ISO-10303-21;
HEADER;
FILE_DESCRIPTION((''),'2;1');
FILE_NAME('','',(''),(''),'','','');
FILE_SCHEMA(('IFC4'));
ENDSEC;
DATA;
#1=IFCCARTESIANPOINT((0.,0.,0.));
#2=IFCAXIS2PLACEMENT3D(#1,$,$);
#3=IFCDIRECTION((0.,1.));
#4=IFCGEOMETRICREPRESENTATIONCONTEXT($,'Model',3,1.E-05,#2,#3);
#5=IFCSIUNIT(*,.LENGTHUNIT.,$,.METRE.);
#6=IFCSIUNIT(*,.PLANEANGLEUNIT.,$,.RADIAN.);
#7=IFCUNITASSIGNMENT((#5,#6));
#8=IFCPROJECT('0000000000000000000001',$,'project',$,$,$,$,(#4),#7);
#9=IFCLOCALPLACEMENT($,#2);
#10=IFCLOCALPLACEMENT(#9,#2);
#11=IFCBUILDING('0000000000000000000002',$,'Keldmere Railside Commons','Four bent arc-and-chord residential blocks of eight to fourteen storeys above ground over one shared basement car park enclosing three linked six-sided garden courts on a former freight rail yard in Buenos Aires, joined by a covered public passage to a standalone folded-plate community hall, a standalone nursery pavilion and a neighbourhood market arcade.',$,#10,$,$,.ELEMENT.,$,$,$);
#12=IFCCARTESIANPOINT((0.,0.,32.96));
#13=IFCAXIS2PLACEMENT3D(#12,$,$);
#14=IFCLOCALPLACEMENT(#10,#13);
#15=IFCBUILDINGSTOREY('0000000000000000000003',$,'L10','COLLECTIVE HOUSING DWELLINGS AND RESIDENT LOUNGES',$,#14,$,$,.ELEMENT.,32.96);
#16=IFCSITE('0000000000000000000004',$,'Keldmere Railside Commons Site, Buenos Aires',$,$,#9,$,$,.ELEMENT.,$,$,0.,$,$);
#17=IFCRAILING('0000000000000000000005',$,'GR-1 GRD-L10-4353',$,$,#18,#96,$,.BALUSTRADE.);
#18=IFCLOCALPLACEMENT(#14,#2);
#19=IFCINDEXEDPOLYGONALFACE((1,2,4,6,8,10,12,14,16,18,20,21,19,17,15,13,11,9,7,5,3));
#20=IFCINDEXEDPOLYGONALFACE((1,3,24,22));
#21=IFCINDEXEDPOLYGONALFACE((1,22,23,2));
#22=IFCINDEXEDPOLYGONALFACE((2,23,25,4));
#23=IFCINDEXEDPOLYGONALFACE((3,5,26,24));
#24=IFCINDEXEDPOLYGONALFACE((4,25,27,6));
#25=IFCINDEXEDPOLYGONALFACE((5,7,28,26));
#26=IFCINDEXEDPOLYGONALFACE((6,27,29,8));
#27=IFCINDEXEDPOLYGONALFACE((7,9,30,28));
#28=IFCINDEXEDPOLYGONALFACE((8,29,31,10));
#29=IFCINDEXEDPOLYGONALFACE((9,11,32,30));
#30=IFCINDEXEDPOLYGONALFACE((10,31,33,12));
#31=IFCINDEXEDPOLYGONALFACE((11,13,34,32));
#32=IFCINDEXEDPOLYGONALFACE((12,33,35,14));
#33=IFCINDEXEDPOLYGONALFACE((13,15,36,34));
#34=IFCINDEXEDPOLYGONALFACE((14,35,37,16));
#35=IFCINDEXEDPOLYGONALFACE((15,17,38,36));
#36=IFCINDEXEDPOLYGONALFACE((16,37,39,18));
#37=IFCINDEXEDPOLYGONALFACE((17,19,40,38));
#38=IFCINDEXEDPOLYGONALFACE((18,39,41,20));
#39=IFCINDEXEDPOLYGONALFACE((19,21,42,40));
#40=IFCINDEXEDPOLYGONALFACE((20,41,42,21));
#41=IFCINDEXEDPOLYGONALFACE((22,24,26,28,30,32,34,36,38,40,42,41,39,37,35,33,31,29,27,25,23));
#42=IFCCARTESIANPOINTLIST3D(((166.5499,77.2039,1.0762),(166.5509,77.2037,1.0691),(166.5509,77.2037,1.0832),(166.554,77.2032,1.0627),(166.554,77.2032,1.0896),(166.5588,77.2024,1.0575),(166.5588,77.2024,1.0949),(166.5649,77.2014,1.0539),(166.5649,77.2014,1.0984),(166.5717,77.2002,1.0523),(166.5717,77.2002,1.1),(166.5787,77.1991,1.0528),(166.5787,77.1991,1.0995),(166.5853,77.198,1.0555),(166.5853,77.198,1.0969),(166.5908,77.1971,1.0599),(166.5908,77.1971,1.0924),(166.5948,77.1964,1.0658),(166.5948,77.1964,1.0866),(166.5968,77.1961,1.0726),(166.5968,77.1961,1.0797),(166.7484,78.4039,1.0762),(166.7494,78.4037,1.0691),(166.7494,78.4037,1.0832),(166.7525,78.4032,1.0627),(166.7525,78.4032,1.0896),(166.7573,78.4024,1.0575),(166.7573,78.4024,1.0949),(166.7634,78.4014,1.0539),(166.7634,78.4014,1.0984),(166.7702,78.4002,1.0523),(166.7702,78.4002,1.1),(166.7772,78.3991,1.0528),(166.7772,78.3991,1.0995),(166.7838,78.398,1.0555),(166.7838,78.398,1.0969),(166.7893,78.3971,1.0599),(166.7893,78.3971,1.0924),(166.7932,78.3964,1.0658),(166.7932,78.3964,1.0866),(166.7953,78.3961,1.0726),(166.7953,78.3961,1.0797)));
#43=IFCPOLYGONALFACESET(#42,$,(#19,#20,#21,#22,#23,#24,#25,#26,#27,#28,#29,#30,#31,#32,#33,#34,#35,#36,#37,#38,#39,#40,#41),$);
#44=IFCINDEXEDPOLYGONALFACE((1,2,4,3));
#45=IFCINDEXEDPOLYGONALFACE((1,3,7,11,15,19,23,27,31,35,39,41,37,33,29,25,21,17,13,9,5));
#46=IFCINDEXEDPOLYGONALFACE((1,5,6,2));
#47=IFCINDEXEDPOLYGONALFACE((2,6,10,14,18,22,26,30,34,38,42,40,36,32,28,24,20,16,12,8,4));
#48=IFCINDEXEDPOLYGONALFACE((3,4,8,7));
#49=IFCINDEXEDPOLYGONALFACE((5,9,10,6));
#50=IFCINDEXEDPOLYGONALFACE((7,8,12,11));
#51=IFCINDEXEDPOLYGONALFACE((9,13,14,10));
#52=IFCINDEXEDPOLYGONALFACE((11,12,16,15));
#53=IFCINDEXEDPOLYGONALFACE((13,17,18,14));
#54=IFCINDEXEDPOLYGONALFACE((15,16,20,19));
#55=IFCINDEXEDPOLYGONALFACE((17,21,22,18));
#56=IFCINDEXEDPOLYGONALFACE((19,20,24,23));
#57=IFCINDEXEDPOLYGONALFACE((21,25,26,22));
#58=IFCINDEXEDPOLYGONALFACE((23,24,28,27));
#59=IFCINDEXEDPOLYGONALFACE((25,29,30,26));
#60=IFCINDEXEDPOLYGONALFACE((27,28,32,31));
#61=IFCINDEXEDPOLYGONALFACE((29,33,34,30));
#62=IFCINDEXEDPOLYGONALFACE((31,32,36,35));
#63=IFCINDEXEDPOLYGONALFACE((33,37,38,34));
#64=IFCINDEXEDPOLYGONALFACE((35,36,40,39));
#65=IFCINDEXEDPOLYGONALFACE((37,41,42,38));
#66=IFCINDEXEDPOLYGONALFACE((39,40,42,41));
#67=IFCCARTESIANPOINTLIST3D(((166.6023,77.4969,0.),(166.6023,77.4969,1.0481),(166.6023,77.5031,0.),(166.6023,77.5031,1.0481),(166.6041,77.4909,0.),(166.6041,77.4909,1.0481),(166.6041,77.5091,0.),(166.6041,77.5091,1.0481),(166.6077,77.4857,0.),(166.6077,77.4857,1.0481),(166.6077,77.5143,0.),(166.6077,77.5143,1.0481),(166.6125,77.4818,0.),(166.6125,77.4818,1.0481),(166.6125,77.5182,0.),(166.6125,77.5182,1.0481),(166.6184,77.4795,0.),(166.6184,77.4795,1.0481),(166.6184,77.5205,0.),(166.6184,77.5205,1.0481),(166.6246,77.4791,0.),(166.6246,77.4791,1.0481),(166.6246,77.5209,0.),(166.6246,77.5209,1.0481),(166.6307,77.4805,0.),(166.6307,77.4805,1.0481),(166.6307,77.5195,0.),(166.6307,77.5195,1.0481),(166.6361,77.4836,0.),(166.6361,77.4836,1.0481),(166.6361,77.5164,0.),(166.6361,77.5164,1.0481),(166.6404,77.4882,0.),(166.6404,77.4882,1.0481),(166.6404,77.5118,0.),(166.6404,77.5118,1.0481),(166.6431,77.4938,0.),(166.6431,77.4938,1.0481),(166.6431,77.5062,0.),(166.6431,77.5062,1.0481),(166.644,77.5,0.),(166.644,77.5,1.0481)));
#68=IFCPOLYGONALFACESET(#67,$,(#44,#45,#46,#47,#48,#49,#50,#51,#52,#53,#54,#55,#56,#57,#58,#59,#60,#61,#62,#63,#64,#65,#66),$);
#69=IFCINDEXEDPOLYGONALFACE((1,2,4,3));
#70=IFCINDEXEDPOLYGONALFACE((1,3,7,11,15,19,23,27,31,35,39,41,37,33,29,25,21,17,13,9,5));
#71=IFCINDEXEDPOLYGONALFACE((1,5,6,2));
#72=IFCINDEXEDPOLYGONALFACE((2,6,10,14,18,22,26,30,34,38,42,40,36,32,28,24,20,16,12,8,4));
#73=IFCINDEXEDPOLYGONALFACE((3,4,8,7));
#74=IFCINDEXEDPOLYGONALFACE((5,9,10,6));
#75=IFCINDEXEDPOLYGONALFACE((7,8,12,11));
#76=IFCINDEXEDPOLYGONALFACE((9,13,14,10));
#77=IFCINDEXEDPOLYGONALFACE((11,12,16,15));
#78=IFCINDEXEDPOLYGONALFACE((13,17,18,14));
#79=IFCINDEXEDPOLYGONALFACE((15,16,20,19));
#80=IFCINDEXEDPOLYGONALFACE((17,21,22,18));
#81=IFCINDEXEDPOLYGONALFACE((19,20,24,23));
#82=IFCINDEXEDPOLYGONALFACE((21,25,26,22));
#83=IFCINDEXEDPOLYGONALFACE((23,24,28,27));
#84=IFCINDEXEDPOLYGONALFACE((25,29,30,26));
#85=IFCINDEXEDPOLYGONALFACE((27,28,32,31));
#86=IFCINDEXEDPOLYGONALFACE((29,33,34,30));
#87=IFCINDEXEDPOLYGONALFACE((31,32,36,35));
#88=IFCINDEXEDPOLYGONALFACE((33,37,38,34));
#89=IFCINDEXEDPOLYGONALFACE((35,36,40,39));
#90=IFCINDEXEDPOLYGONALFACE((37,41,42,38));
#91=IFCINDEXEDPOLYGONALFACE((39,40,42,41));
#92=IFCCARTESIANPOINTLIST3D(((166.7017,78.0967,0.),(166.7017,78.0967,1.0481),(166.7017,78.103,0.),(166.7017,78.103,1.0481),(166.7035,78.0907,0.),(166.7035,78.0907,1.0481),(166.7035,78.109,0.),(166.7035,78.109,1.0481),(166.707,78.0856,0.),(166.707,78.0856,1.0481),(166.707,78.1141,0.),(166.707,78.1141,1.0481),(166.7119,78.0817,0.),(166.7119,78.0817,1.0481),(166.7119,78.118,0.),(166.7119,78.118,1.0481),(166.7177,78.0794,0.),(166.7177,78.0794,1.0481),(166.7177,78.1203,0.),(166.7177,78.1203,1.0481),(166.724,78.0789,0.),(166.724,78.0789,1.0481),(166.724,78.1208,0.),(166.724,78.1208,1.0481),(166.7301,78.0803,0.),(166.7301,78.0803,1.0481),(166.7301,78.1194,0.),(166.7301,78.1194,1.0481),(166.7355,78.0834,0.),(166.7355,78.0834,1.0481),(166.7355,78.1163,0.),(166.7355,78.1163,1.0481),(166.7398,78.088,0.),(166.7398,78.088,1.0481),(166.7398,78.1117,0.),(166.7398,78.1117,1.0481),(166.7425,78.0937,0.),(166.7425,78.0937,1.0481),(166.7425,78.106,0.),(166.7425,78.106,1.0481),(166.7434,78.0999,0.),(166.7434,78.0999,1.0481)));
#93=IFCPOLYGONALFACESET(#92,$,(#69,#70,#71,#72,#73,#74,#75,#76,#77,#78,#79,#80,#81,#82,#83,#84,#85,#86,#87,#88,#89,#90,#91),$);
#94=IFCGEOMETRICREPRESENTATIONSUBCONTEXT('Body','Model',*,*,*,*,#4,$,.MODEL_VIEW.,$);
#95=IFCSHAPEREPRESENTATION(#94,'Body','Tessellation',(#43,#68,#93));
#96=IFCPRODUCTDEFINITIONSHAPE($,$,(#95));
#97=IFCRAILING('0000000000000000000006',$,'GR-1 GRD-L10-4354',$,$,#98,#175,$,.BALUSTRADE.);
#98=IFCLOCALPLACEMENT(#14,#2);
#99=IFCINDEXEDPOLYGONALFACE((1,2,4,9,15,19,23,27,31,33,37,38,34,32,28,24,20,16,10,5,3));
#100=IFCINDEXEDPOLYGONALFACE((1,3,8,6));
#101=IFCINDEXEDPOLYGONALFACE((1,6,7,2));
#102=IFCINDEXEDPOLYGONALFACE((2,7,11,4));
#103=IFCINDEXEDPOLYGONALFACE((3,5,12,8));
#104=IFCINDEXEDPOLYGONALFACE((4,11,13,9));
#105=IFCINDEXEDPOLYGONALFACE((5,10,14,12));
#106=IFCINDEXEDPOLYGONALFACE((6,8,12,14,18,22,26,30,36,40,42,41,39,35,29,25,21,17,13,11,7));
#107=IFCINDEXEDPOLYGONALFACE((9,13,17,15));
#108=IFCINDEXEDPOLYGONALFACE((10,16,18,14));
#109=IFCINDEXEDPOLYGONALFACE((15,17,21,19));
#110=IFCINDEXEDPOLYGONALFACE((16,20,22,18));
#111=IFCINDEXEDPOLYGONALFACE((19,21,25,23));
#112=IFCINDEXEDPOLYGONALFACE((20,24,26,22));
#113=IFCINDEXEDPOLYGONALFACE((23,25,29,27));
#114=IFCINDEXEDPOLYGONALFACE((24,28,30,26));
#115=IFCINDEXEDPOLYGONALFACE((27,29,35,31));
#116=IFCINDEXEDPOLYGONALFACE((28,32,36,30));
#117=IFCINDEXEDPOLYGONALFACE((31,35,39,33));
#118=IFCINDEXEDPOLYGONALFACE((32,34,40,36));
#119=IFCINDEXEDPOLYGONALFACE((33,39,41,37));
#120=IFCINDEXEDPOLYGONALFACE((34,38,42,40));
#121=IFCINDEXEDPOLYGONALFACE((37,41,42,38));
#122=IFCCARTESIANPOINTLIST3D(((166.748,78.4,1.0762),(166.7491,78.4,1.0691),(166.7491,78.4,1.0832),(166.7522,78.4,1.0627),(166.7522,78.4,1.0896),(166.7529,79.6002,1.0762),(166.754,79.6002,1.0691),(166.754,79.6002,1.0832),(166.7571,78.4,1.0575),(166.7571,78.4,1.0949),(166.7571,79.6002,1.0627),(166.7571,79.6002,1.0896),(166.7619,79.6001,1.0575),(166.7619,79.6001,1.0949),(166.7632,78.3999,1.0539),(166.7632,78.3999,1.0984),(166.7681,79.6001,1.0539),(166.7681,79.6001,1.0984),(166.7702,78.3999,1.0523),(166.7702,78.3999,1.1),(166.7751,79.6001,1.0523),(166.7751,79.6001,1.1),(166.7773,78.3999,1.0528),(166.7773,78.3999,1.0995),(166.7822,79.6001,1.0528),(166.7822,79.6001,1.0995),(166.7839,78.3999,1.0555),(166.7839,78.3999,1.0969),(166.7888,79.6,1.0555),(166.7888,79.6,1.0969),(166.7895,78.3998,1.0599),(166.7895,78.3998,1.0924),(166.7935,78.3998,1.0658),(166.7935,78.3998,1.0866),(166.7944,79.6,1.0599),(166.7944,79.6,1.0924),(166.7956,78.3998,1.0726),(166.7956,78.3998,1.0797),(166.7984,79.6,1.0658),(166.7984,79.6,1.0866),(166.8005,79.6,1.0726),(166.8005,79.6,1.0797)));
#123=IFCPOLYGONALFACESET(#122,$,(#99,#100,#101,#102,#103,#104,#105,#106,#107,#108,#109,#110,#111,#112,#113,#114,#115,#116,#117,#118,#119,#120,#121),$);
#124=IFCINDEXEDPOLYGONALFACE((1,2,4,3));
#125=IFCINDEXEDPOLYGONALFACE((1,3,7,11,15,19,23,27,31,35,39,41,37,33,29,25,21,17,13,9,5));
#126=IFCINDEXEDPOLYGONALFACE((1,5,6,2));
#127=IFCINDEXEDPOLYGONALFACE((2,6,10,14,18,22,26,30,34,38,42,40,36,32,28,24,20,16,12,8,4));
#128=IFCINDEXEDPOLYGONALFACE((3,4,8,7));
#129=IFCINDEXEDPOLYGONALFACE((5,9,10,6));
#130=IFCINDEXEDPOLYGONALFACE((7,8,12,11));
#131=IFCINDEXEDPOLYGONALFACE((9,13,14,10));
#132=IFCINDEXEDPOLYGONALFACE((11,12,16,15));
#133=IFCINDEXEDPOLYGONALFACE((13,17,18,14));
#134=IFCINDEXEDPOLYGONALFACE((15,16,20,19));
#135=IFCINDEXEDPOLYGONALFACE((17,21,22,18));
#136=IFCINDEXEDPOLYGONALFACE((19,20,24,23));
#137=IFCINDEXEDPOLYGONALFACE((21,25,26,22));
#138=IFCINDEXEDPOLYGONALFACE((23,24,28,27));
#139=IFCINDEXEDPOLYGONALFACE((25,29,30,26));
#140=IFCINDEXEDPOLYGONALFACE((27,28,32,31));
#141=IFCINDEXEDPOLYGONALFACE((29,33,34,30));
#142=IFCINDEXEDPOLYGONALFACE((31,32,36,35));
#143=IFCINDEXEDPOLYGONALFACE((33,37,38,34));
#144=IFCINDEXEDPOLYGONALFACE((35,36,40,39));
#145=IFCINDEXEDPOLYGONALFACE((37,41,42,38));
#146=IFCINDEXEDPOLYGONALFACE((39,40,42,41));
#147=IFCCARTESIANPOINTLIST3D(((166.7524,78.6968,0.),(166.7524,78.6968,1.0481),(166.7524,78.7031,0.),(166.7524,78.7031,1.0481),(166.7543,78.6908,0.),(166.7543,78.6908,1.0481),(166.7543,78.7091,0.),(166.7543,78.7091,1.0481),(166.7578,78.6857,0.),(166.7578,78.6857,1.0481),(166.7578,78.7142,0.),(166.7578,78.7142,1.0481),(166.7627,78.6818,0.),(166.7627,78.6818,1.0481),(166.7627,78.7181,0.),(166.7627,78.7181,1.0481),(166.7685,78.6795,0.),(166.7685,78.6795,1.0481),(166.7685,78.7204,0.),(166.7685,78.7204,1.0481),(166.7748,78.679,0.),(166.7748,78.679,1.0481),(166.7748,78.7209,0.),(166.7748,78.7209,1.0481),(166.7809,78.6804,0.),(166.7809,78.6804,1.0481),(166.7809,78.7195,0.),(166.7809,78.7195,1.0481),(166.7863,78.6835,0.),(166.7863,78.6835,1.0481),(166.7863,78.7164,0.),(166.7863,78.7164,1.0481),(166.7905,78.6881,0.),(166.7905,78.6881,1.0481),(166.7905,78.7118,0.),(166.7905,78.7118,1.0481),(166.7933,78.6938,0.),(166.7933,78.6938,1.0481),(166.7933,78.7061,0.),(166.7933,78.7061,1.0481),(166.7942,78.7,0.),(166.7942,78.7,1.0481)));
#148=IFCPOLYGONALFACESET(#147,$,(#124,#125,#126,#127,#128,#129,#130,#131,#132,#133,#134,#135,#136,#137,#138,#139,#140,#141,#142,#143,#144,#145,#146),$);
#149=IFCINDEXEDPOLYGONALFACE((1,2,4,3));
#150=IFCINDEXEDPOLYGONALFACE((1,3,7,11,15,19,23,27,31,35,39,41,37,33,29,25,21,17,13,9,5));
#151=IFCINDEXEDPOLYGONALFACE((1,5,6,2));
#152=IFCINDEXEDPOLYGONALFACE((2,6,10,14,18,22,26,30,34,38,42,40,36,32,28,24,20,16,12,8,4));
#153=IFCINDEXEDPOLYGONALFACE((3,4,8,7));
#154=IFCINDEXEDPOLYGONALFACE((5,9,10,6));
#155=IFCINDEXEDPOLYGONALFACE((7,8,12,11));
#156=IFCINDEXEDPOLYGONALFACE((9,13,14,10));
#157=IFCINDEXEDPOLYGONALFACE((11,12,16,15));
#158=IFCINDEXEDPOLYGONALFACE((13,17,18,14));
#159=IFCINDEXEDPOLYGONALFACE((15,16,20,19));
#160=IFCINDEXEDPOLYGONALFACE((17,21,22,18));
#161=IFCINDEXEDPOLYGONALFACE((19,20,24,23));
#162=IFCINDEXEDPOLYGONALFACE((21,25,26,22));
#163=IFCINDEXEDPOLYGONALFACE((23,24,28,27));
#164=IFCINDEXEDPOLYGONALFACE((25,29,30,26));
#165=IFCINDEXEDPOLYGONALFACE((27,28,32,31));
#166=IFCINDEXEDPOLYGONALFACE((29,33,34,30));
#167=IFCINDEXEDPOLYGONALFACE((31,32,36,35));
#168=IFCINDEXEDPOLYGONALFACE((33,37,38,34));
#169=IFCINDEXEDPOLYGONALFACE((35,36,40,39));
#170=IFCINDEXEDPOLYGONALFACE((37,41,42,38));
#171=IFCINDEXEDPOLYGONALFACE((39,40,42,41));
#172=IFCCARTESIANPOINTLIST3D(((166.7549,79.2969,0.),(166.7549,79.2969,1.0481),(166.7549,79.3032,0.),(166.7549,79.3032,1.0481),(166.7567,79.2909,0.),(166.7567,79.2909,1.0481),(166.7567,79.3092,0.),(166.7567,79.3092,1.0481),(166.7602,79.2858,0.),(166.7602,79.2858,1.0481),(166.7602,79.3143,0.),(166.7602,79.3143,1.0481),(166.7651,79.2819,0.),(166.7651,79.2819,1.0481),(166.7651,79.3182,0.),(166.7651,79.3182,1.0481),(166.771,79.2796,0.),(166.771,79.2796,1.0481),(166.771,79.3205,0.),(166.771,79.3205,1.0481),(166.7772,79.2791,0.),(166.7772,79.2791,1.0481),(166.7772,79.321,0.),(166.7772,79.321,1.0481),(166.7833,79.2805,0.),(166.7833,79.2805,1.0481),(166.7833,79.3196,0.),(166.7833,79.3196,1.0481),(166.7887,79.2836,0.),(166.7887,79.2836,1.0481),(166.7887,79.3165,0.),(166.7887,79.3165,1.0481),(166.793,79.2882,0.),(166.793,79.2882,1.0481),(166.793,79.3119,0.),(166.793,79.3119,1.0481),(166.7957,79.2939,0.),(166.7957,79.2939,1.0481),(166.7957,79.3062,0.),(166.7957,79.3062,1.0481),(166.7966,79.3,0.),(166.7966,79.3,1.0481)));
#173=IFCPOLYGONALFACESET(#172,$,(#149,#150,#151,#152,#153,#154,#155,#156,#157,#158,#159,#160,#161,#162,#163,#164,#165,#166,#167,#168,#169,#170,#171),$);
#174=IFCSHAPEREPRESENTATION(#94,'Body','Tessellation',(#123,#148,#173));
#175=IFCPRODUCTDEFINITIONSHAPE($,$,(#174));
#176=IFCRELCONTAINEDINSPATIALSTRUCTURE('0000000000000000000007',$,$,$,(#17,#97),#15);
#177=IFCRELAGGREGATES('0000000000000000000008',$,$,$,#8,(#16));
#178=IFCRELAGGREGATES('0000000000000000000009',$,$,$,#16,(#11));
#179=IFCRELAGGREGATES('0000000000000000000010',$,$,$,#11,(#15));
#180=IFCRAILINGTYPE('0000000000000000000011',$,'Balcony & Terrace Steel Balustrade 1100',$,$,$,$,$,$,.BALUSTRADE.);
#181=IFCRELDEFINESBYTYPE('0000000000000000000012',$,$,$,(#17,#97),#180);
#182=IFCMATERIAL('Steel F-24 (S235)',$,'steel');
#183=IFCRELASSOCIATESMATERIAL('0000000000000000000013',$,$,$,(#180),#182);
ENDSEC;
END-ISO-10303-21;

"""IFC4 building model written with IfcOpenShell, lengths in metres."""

from ifc_helpers import new_model, si_unit, direction, frame, origin, origin_2d, place, context, subcontext, project, spatial, circle, extrude, material, type_object, element, save


model = new_model("IFC4")

# Units and contexts
model_context = context("Model", 3, precision=1e-05, world=origin(), true_north=direction((0.0, 1.0)))
body_context = subcontext(model_context, "Body", "Model", "MODEL_VIEW")
ifc_project = project(units=[si_unit("LENGTHUNIT", "METRE"), si_unit("PLANEANGLEUNIT", "RADIAN")], contexts=[model_context])

# Site, building, storey
site_placement = place(None, origin())
site = spatial("IfcSite", under=ifc_project, at=site_placement, Name="Keldmere Railside Commons Site, Buenos Aires", CompositionType="ELEMENT", RefElevation=0.0)
building_placement = place(site_placement, origin())
building = spatial("IfcBuilding", under=site, at=building_placement, Name="Keldmere Railside Commons", Description="Four bent arc-and-chord residential blocks of eight to fourteen storeys above ground over one shared basement car park enclosing three linked six-sided garden courts on a former freight rail yard in Buenos Aires, joined by a covered public passage to a standalone folded-plate community hall, a standalone nursery pavilion and a neighbourhood market arcade.", CompositionType="ELEMENT")
storey_placement = place(building_placement, frame((0.0, 0.0, 32.96)))
storey = spatial("IfcBuildingStorey", under=building, at=storey_placement, Name="L10", Description="COLLECTIVE HOUSING DWELLINGS AND RESIDENT LOUNGES", CompositionType="ELEMENT", Elevation=32.96)

# Railings
ifc_material_1 = material(Name="Steel F-24 (S235)", Category="steel")
railing_type_1 = type_object("IfcRailingType", Name="Balcony & Terrace Steel Balustrade 1100", PredefinedType="BALUSTRADE", material=ifc_material_1)
railing_1_placement = place(storey_placement, frame((166.5735, 77.2, 0.0)))
element("IfcRailing", 1, at=railing_1_placement, inside=storey, type_object=railing_type_1, Name="GR-1 GRD-L10-4353", PredefinedType="BALUSTRADE", context=body_context, shape_type="SweptSolid", body=[
    extrude(circle(Radius=0.0239, at=origin_2d()), frame((0.0, 0.0, 1.0762), z_axis=(0.163194, 0.986594, 0.0), x_axis=(-0.986594, 0.163194, 0.0)), (0.0, 0.0, 1.0), 1.2163),
    extrude(circle(Radius=0.021, at=origin_2d()), frame((0.0496, 0.3, 0.0)), (0.0, 0.0, 1.0), 1.0481),
    extrude(circle(Radius=0.021, at=origin_2d()), frame((0.1489, 0.8999, 0.0)), (0.0, 0.0, 1.0), 1.0481),
])
railing_2_placement = place(storey_placement, frame((166.772, 78.3999, 0.0)))
element("IfcRailing", 2, at=railing_2_placement, inside=storey, type_object=railing_type_1, Name="GR-1 GRD-L10-4354", PredefinedType="BALUSTRADE", context=body_context, shape_type="SweptSolid", body=[
    extrude(circle(Radius=0.0239, at=origin_2d()), frame((0.0, 0.0, 1.0762), z_axis=(0.004068, 0.999992, 0.0), x_axis=(-0.999992, 0.004068, 0.0)), (0.0, 0.0, 1.0), 1.2002),
    extrude(circle(Radius=0.021, at=origin_2d()), frame((0.0012, 0.3, 0.0)), (0.0, 0.0, 1.0), 1.0481),
    extrude(circle(Radius=0.021, at=origin_2d()), frame((0.0037, 0.9001, 0.0)), (0.0, 0.0, 1.0), 1.0481),
])

save(model, "model.ifc")
